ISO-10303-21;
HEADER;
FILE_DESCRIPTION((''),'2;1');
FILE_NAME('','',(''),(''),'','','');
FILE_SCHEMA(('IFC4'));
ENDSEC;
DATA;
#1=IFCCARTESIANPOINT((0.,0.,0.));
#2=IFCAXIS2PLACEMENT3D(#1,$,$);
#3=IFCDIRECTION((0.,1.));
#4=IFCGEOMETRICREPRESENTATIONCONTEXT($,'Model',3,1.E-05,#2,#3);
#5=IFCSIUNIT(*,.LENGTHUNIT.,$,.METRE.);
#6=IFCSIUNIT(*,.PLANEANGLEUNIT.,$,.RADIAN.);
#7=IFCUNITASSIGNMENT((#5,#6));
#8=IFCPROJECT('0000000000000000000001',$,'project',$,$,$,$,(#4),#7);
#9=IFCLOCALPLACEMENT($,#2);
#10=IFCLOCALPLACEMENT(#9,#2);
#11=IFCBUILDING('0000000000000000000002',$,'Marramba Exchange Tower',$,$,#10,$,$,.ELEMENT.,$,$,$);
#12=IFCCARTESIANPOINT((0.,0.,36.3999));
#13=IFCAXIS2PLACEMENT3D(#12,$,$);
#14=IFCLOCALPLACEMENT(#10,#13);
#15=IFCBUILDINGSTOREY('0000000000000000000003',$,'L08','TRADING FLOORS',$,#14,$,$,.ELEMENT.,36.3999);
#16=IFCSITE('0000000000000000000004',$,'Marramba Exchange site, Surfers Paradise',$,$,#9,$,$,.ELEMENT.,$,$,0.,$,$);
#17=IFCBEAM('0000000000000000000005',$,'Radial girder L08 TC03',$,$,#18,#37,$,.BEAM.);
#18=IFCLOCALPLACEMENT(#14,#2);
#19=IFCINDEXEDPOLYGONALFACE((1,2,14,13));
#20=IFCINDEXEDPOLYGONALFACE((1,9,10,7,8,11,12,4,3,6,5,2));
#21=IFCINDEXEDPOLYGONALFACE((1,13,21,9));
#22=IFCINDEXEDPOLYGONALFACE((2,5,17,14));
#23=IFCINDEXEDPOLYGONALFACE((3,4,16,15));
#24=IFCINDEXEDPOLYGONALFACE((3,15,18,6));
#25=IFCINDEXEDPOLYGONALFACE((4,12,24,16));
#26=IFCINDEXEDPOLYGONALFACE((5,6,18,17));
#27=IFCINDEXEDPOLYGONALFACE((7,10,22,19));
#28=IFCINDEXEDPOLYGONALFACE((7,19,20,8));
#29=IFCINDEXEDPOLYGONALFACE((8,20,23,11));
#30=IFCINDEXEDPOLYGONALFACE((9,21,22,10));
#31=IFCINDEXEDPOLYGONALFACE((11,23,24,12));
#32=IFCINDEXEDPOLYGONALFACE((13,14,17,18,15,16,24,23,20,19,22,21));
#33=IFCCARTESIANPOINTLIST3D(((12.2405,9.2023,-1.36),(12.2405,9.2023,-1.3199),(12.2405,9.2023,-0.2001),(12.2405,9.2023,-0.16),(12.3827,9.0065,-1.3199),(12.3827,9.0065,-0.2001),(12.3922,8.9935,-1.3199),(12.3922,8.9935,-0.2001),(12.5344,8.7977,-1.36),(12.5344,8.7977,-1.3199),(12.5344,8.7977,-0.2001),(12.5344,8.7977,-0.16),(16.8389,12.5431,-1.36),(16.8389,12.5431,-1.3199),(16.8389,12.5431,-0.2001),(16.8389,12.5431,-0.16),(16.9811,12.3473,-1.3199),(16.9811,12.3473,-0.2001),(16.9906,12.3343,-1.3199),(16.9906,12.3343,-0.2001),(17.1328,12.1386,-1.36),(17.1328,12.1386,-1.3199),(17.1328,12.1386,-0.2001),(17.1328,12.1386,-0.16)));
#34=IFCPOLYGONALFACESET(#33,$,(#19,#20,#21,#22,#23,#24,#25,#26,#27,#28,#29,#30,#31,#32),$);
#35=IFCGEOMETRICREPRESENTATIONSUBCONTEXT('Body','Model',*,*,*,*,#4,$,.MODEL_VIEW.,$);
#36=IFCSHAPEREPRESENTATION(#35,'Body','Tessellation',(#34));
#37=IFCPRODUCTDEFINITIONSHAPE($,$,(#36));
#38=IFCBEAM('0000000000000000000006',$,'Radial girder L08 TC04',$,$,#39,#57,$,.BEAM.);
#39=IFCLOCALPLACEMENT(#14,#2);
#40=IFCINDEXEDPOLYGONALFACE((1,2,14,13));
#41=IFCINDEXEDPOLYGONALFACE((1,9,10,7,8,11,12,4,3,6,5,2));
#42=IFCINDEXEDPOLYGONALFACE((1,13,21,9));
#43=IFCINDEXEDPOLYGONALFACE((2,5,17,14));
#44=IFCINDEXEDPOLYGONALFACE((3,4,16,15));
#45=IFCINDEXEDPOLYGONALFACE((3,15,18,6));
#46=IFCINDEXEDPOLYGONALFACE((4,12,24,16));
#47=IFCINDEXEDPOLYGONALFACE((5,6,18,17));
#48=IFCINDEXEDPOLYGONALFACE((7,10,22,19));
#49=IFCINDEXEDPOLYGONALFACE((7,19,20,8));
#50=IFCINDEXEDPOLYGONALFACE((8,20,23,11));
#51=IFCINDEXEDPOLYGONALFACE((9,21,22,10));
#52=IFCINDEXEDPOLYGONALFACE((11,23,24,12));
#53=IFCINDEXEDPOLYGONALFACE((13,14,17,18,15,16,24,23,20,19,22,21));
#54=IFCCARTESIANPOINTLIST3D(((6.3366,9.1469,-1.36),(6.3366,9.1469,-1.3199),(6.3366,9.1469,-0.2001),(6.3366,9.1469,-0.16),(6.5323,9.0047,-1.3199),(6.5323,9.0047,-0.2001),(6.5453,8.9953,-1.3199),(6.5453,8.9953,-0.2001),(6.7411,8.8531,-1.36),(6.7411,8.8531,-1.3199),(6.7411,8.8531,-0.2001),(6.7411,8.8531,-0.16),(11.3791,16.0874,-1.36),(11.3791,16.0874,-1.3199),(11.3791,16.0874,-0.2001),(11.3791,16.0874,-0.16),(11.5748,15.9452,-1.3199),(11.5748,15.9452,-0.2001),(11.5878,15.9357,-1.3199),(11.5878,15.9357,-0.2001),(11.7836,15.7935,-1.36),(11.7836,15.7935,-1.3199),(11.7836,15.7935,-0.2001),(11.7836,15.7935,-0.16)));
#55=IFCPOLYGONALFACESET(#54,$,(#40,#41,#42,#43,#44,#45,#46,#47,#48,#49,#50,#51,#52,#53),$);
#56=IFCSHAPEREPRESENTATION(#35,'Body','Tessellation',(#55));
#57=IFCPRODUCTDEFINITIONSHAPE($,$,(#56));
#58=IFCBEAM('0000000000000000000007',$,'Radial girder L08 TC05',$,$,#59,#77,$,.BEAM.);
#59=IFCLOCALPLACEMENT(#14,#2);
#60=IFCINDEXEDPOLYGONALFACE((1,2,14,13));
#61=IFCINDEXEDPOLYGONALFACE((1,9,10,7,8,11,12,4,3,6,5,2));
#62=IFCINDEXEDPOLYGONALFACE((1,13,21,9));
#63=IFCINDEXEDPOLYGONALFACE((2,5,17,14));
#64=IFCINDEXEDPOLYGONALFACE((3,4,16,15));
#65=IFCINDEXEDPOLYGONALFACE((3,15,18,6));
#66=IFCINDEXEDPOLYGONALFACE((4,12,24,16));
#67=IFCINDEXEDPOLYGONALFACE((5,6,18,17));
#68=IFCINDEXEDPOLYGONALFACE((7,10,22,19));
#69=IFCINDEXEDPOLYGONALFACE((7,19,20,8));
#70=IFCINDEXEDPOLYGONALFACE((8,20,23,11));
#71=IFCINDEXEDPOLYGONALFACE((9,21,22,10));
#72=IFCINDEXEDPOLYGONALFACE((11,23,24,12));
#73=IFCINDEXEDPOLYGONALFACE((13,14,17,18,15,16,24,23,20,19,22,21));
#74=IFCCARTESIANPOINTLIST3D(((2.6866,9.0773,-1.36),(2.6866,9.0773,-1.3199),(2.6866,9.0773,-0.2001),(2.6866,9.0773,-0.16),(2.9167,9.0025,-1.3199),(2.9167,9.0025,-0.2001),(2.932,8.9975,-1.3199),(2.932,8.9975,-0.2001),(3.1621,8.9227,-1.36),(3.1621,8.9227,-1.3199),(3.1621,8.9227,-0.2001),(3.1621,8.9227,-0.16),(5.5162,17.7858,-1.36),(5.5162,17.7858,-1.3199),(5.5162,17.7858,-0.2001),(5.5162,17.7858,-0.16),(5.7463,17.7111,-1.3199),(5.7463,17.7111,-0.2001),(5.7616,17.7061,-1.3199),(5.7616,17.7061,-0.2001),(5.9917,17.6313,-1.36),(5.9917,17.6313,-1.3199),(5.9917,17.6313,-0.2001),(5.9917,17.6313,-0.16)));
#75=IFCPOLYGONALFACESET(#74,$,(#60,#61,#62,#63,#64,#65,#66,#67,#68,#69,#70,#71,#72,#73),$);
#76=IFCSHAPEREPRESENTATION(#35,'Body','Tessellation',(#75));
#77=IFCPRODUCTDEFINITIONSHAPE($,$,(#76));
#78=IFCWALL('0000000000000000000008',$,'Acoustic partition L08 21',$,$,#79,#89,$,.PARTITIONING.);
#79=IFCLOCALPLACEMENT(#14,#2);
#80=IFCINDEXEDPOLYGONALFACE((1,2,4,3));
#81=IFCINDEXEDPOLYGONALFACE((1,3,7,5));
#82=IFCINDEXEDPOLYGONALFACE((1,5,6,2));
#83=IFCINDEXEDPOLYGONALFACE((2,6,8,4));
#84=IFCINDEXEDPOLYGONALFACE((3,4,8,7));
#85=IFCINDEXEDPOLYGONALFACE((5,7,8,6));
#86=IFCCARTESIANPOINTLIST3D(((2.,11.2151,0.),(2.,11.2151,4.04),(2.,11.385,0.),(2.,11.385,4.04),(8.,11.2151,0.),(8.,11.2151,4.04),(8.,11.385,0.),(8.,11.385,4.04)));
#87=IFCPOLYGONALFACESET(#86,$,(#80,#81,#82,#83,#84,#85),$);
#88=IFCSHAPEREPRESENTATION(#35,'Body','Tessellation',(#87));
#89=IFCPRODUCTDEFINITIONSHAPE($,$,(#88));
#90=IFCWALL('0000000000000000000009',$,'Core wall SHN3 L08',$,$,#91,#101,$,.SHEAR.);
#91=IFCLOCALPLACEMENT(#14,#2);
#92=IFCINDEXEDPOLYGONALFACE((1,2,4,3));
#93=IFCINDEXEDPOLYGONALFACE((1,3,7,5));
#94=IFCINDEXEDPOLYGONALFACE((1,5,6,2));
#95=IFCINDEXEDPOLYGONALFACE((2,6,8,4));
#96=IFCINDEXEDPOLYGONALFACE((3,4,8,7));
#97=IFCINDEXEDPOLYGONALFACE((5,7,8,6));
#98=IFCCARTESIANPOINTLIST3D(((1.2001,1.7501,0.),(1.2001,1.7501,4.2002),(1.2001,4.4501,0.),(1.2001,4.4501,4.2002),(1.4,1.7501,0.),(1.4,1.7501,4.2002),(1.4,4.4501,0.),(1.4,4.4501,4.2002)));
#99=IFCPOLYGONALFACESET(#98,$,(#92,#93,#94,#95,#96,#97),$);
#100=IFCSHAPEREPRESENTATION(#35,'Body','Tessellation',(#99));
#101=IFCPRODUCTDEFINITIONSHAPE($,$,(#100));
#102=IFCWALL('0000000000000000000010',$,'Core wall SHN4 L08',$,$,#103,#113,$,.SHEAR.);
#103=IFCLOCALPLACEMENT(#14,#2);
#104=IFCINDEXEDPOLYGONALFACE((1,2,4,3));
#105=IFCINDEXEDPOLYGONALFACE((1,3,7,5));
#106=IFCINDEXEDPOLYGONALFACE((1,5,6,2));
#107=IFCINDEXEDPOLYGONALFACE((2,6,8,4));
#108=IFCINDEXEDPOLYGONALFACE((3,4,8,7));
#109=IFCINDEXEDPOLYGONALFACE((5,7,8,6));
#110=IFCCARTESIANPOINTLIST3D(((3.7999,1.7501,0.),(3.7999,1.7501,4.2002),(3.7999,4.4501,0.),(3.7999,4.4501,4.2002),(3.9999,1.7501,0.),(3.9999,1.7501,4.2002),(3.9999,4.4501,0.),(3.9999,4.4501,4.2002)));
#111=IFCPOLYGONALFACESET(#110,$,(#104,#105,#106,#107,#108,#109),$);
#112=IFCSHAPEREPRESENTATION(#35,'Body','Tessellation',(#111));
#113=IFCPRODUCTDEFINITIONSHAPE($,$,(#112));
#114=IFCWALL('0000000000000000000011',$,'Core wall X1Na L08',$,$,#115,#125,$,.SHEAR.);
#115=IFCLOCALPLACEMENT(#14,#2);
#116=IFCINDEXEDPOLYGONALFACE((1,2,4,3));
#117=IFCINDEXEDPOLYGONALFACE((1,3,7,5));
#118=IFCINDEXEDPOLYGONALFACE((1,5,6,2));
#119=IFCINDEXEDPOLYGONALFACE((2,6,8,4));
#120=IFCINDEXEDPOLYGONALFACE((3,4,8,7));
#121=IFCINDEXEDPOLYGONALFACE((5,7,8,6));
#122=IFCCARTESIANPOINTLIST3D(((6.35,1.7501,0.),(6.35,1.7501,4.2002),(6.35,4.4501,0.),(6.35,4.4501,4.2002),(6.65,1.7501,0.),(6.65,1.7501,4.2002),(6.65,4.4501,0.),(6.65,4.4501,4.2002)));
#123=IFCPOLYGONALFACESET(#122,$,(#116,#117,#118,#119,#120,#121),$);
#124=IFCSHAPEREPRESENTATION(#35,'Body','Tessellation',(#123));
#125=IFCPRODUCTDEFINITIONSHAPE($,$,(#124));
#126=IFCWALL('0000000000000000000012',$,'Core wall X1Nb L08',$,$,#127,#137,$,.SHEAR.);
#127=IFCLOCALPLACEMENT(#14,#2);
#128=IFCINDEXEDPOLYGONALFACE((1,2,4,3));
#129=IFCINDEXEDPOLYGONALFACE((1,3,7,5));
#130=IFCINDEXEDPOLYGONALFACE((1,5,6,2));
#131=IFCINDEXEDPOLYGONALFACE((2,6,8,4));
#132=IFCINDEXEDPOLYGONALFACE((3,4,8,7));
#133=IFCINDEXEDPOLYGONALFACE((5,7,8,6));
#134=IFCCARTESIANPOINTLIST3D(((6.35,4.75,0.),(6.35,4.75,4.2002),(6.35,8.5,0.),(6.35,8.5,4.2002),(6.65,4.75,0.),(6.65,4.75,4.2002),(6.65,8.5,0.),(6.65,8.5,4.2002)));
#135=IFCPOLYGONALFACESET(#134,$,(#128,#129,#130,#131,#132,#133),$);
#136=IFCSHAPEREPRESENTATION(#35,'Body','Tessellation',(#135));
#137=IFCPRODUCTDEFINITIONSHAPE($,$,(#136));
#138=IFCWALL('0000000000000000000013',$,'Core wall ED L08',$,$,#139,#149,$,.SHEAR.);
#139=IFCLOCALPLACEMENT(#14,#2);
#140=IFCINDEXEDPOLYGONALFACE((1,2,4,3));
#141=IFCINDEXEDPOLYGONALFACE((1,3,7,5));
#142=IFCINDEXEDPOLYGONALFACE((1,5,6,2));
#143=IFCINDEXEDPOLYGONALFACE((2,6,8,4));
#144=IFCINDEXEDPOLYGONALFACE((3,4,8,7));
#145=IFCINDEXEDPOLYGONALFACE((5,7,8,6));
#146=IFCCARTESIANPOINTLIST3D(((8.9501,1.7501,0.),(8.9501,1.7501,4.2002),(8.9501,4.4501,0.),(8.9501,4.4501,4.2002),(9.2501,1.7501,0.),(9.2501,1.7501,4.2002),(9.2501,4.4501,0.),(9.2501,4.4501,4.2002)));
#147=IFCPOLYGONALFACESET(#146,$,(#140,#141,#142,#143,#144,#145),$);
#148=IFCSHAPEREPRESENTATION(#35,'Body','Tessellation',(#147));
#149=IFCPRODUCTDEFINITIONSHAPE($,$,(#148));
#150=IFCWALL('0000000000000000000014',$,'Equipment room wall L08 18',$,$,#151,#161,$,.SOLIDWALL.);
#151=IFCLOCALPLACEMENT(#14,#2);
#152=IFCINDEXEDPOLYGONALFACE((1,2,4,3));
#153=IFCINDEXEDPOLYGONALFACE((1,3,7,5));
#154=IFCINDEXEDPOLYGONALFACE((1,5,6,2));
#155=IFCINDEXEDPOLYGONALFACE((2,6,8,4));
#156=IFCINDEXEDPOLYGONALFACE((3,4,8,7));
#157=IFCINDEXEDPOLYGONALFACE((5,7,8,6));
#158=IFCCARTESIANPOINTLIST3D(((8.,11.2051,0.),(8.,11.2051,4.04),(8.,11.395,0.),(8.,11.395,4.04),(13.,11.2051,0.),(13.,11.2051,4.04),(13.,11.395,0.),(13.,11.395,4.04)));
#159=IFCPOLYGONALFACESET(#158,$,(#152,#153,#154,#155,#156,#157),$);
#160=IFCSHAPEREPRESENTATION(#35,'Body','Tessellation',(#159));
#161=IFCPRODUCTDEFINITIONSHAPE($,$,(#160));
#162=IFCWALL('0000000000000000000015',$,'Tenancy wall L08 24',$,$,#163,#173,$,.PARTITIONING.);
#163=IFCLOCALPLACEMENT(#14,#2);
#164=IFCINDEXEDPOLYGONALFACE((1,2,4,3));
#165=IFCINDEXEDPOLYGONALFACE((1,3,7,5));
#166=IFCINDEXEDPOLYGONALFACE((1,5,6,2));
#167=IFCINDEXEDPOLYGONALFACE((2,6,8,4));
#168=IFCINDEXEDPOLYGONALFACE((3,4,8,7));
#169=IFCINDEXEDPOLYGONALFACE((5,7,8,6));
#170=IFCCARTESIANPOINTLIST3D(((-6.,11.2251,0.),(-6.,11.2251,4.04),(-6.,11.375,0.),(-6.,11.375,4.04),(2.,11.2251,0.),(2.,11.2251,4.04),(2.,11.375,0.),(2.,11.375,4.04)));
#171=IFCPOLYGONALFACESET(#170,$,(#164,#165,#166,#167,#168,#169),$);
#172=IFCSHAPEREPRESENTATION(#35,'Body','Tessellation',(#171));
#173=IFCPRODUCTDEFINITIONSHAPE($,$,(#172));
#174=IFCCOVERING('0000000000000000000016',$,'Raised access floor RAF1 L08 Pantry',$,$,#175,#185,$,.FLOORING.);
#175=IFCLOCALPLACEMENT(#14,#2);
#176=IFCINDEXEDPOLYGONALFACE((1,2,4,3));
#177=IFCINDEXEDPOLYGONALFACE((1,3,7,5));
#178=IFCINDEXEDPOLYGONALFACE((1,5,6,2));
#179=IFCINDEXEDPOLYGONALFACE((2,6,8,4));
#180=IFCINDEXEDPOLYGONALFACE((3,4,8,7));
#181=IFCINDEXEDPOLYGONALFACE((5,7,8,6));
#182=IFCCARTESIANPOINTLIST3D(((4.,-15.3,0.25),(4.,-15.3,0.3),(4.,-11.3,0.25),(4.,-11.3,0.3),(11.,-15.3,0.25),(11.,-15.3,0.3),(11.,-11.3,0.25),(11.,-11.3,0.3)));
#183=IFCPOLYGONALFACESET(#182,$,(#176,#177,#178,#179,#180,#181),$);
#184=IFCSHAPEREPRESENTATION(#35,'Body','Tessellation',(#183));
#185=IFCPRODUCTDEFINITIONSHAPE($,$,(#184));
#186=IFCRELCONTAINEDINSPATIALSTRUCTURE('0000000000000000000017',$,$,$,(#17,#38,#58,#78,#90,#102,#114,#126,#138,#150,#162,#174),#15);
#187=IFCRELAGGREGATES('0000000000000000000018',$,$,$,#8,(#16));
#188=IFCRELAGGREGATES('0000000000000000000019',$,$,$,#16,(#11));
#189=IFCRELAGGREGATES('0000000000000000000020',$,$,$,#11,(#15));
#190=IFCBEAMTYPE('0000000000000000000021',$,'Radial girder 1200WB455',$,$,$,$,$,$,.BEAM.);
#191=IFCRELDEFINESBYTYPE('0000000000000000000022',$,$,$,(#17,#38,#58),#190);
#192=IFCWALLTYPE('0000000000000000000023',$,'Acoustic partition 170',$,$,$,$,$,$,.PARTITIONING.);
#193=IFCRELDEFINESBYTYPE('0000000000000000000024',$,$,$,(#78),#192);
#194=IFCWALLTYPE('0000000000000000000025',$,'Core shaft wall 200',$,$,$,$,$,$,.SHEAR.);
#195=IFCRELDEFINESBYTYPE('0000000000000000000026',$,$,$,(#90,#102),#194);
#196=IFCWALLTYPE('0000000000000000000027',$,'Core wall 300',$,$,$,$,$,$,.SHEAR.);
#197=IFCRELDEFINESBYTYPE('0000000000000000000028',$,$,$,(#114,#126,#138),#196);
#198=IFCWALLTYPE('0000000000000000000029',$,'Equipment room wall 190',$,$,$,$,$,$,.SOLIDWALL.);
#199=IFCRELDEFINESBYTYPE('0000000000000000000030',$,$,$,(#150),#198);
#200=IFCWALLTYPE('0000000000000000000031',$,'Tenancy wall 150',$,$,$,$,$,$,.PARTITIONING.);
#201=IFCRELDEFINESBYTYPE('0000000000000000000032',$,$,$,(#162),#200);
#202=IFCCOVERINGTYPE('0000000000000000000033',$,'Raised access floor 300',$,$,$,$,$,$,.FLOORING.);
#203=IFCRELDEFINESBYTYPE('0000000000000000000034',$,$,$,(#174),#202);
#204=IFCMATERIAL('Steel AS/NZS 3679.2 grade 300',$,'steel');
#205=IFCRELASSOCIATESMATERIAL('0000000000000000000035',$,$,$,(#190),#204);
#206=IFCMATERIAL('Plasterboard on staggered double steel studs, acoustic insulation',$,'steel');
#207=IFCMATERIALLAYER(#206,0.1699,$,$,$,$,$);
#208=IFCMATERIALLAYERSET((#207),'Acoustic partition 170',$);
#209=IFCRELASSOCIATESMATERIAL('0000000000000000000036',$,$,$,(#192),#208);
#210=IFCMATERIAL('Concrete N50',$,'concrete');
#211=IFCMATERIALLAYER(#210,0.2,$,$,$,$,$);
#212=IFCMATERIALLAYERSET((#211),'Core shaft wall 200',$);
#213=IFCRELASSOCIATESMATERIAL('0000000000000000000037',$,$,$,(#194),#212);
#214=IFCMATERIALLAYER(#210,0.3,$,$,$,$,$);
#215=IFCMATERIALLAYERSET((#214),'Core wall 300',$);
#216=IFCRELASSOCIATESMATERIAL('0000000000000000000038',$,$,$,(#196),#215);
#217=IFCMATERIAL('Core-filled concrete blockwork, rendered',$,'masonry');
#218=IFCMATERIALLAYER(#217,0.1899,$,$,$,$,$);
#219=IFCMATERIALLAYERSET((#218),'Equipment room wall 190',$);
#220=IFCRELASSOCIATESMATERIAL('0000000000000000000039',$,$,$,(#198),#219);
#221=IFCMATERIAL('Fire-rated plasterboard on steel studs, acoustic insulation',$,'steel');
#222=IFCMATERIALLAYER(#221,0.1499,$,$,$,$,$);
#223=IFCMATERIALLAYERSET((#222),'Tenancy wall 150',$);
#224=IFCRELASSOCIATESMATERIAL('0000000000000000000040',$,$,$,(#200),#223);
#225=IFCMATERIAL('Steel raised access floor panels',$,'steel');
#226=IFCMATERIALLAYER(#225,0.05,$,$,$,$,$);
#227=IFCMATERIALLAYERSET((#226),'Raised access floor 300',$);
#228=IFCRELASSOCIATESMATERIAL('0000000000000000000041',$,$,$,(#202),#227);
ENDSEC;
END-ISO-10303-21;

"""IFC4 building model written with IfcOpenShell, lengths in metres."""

from ifc_helpers import new_model, si_unit, direction, frame, frame_2d, origin, origin_2d, place, context, subcontext, project, spatial, polyline, rectangle, i_section, outline, extrude, material, layer, layer_set, material_profile, profile_set, type_object, element, save


model = new_model("IFC4")

# Units and contexts
model_context = context("Model", 3, precision=1e-05, world=origin(), true_north=direction((0.0, 1.0)))
body_context = subcontext(model_context, "Body", "Model", "MODEL_VIEW")
ifc_project = project(units=[si_unit("LENGTHUNIT", "METRE"), si_unit("PLANEANGLEUNIT", "RADIAN")], contexts=[model_context])

# Site, building, storey
site_placement = place(None, origin())
site = spatial("IfcSite", under=ifc_project, at=site_placement, Name="Marramba Exchange site, Surfers Paradise", CompositionType="ELEMENT", RefElevation=0.0)
building_placement = place(site_placement, origin())
building = spatial("IfcBuilding", under=site, at=building_placement, Name="Marramba Exchange Tower", CompositionType="ELEMENT")
storey_placement = place(building_placement, frame((0.0, 0.0, 36.3999)))
storey = spatial("IfcBuildingStorey", under=building, at=storey_placement, Name="L08", Description="TRADING FLOORS", CompositionType="ELEMENT", Elevation=36.3999)

# Beams
ifc_material_1 = material(Name="Steel AS/NZS 3679.2 grade 300", Category="steel")
ifc_material_profile_1 = material_profile(ifc_material_1, i_section(OverallWidth=0.5, OverallDepth=1.2, WebThickness=0.0161, FlangeThickness=0.04, at=origin_2d()), Name="1200WB455")
ifc_profile_set_1 = profile_set([ifc_material_profile_1], Name="Steel AS/NZS 3679.2 grade 300")
beam_type_1 = type_object("IfcBeamType", Name="Radial girder 1200WB455", PredefinedType="BEAM", material=ifc_profile_set_1)
beam_1_placement = place(storey_placement, frame((12.3875, 9.0, -0.76), z_axis=(0.809026, 0.587773, 0.0), x_axis=(-0.587773, 0.809026, 0.0)))
element("IfcBeam", 1, at=beam_1_placement, inside=storey, type_object=beam_type_1, Name="Radial girder L08 TC03", PredefinedType="BEAM", context=body_context, shape_type="SweptSolid", body=[
    extrude(i_section(OverallWidth=0.5, OverallDepth=1.2, WebThickness=0.0161, FlangeThickness=0.04, at=origin_2d()), origin(), (0.0, 0.0, 1.0), 5.6838),
])
beam_2_placement = place(storey_placement, frame((6.5388, 9.0, -0.76), z_axis=(0.587782, 0.809019, 0.0), x_axis=(-0.809019, 0.587782, 0.0)))
element("IfcBeam", 2, at=beam_2_placement, inside=storey, type_object=beam_type_1, Name="Radial girder L08 TC04", PredefinedType="BEAM", context=body_context, shape_type="SweptSolid", body=[
    extrude(i_section(OverallWidth=0.5, OverallDepth=1.2, WebThickness=0.0161, FlangeThickness=0.04, at=origin_2d()), origin(), (0.0, 0.0, 1.0), 8.5789),
])
beam_3_placement = place(storey_placement, frame((2.9243, 9.0, -0.76), z_axis=(0.30902, 0.951056, 0.0), x_axis=(-0.951056, 0.30902, 0.0)))
element("IfcBeam", 3, at=beam_3_placement, inside=storey, type_object=beam_type_1, Name="Radial girder L08 TC05", PredefinedType="BEAM", context=body_context, shape_type="SweptSolid", body=[
    extrude(i_section(OverallWidth=0.5, OverallDepth=1.2, WebThickness=0.0161, FlangeThickness=0.04, at=origin_2d()), origin(), (0.0, 0.0, 1.0), 9.1567),
])

# Walls
ifc_material_2 = material(Name="Plasterboard on staggered double steel studs, acoustic insulation", Category="steel")
ifc_layer_1 = layer(ifc_material_2, 0.1699)
ifc_layer_set_1 = layer_set([ifc_layer_1], Name="Acoustic partition 170")
wall_type_1 = type_object("IfcWallType", Name="Acoustic partition 170", PredefinedType="PARTITIONING", material=ifc_layer_set_1)
wall_1_placement = place(storey_placement, frame((2.0, 11.3, 0.0), z_axis=(0.0, 0.0, 1.0), x_axis=(1.0, 0.0, 0.0)))
element("IfcWall", 4, at=wall_1_placement, inside=storey, type_object=wall_type_1, Name="Acoustic partition L08 21", PredefinedType="PARTITIONING", context=body_context, shape_type="SweptSolid", body=[
    extrude(rectangle(XDim=6.0, YDim=0.1699, at=frame_2d((3.0, 0.0))), origin(), (0.0, 0.0, 1.0), 4.04),
])
ifc_material_3 = material(Name="Concrete N50", Category="concrete")
ifc_layer_2 = layer(ifc_material_3, 0.2)
ifc_layer_set_2 = layer_set([ifc_layer_2], Name="Core shaft wall 200")
wall_type_2 = type_object("IfcWallType", Name="Core shaft wall 200", PredefinedType="SHEAR", material=ifc_layer_set_2)
for number, where, z_axis, x_axis, name in (
    (5, (1.3, 1.75, 0.0), (0.0, 0.0, 1.0), (0.0, 1.0, 0.0), "Core wall SHN3 L08"),
    (6, (3.8999, 1.75, 0.0), (0.0, 0.0, 1.0), (0.0, 1.0, 0.0), "Core wall SHN4 L08"),
):
    element("IfcWall", number, at=place(storey_placement, frame(where, z_axis=z_axis, x_axis=x_axis)), inside=storey, type_object=wall_type_2, Name=name, PredefinedType="SHEAR", context=body_context, shape_type="SweptSolid", body=[
        extrude(rectangle(XDim=2.7, YDim=0.2, at=frame_2d((1.3501, 0.0))), origin(), (0.0, 0.0, 1.0), 4.2002),
    ])
ifc_layer_3 = layer(ifc_material_3, 0.3)
ifc_layer_set_3 = layer_set([ifc_layer_3], Name="Core wall 300")
wall_type_3 = type_object("IfcWallType", Name="Core wall 300", PredefinedType="SHEAR", material=ifc_layer_set_3)
wall_2_placement = place(storey_placement, frame((6.5, 1.75, 0.0), z_axis=(0.0, 0.0, 1.0), x_axis=(0.0, 1.0, 0.0)))
element("IfcWall", 7, at=wall_2_placement, inside=storey, type_object=wall_type_3, Name="Core wall X1Na L08", PredefinedType="SHEAR", context=body_context, shape_type="SweptSolid", body=[
    extrude(rectangle(XDim=2.7, YDim=0.3, at=frame_2d((1.3501, 0.0))), origin(), (0.0, 0.0, 1.0), 4.2002),
])
wall_3_placement = place(storey_placement, frame((6.5, 4.75, 0.0), z_axis=(0.0, 0.0, 1.0), x_axis=(0.0, 1.0, 0.0)))
element("IfcWall", 8, at=wall_3_placement, inside=storey, type_object=wall_type_3, Name="Core wall X1Nb L08", PredefinedType="SHEAR", context=body_context, shape_type="SweptSolid", body=[
    extrude(rectangle(XDim=3.75, YDim=0.3, at=frame_2d((1.875, 0.0))), origin(), (0.0, 0.0, 1.0), 4.2002),
])
wall_4_placement = place(storey_placement, frame((9.1001, 1.75, 0.0), z_axis=(0.0, 0.0, 1.0), x_axis=(0.0, 1.0, 0.0)))
element("IfcWall", 9, at=wall_4_placement, inside=storey, type_object=wall_type_3, Name="Core wall ED L08", PredefinedType="SHEAR", context=body_context, shape_type="SweptSolid", body=[
    extrude(rectangle(XDim=2.7, YDim=0.3, at=frame_2d((1.3501, 0.0))), origin(), (0.0, 0.0, 1.0), 4.2002),
])
ifc_material_4 = material(Name="Core-filled concrete blockwork, rendered", Category="masonry")
ifc_layer_4 = layer(ifc_material_4, 0.1899)
ifc_layer_set_4 = layer_set([ifc_layer_4], Name="Equipment room wall 190")
wall_type_4 = type_object("IfcWallType", Name="Equipment room wall 190", PredefinedType="SOLIDWALL", material=ifc_layer_set_4)
wall_5_placement = place(storey_placement, frame((8.0, 11.3, 0.0), z_axis=(0.0, 0.0, 1.0), x_axis=(1.0, 0.0, 0.0)))
element("IfcWall", 10, at=wall_5_placement, inside=storey, type_object=wall_type_4, Name="Equipment room wall L08 18", PredefinedType="SOLIDWALL", context=body_context, shape_type="SweptSolid", body=[
    extrude(rectangle(XDim=5.0, YDim=0.1899, at=frame_2d((2.5, 0.0))), origin(), (0.0, 0.0, 1.0), 4.04),
])
ifc_material_5 = material(Name="Fire-rated plasterboard on steel studs, acoustic insulation", Category="steel")
ifc_layer_5 = layer(ifc_material_5, 0.1499)
ifc_layer_set_5 = layer_set([ifc_layer_5], Name="Tenancy wall 150")
wall_type_5 = type_object("IfcWallType", Name="Tenancy wall 150", PredefinedType="PARTITIONING", material=ifc_layer_set_5)
wall_6_placement = place(storey_placement, frame((2.0, 11.3, 0.0), z_axis=(0.0, 0.0, 1.0), x_axis=(-1.0, 0.0, 0.0)))
element("IfcWall", 11, at=wall_6_placement, inside=storey, type_object=wall_type_5, Name="Tenancy wall L08 24", PredefinedType="PARTITIONING", context=body_context, shape_type="SweptSolid", body=[
    extrude(rectangle(XDim=8.0, YDim=0.1499, at=frame_2d((4.0, 0.0))), origin(), (0.0, 0.0, 1.0), 4.04),
])

# Covering
ifc_material_6 = material(Name="Steel raised access floor panels", Category="steel")
ifc_layer_6 = layer(ifc_material_6, 0.05)
ifc_layer_set_6 = layer_set([ifc_layer_6], Name="Raised access floor 300")
covering_type_1 = type_object("IfcCoveringType", Name="Raised access floor 300", PredefinedType="FLOORING", material=ifc_layer_set_6)
covering_1_placement = place(storey_placement, frame((0.0, 0.0, 0.25)))
element("IfcCovering", 12, at=covering_1_placement, inside=storey, type_object=covering_type_1, Name="Raised access floor RAF1 L08 Pantry", PredefinedType="FLOORING", context=body_context, shape_type="SweptSolid", body=[
    extrude(outline(polyline([(11.0, -15.3), (4.0, -15.3), (4.0, -11.3), (11.0, -11.3), (11.0, -15.3)])), origin(), (0.0, 0.0, 1.0), 0.05),
])

save(model, "model.ifc")
